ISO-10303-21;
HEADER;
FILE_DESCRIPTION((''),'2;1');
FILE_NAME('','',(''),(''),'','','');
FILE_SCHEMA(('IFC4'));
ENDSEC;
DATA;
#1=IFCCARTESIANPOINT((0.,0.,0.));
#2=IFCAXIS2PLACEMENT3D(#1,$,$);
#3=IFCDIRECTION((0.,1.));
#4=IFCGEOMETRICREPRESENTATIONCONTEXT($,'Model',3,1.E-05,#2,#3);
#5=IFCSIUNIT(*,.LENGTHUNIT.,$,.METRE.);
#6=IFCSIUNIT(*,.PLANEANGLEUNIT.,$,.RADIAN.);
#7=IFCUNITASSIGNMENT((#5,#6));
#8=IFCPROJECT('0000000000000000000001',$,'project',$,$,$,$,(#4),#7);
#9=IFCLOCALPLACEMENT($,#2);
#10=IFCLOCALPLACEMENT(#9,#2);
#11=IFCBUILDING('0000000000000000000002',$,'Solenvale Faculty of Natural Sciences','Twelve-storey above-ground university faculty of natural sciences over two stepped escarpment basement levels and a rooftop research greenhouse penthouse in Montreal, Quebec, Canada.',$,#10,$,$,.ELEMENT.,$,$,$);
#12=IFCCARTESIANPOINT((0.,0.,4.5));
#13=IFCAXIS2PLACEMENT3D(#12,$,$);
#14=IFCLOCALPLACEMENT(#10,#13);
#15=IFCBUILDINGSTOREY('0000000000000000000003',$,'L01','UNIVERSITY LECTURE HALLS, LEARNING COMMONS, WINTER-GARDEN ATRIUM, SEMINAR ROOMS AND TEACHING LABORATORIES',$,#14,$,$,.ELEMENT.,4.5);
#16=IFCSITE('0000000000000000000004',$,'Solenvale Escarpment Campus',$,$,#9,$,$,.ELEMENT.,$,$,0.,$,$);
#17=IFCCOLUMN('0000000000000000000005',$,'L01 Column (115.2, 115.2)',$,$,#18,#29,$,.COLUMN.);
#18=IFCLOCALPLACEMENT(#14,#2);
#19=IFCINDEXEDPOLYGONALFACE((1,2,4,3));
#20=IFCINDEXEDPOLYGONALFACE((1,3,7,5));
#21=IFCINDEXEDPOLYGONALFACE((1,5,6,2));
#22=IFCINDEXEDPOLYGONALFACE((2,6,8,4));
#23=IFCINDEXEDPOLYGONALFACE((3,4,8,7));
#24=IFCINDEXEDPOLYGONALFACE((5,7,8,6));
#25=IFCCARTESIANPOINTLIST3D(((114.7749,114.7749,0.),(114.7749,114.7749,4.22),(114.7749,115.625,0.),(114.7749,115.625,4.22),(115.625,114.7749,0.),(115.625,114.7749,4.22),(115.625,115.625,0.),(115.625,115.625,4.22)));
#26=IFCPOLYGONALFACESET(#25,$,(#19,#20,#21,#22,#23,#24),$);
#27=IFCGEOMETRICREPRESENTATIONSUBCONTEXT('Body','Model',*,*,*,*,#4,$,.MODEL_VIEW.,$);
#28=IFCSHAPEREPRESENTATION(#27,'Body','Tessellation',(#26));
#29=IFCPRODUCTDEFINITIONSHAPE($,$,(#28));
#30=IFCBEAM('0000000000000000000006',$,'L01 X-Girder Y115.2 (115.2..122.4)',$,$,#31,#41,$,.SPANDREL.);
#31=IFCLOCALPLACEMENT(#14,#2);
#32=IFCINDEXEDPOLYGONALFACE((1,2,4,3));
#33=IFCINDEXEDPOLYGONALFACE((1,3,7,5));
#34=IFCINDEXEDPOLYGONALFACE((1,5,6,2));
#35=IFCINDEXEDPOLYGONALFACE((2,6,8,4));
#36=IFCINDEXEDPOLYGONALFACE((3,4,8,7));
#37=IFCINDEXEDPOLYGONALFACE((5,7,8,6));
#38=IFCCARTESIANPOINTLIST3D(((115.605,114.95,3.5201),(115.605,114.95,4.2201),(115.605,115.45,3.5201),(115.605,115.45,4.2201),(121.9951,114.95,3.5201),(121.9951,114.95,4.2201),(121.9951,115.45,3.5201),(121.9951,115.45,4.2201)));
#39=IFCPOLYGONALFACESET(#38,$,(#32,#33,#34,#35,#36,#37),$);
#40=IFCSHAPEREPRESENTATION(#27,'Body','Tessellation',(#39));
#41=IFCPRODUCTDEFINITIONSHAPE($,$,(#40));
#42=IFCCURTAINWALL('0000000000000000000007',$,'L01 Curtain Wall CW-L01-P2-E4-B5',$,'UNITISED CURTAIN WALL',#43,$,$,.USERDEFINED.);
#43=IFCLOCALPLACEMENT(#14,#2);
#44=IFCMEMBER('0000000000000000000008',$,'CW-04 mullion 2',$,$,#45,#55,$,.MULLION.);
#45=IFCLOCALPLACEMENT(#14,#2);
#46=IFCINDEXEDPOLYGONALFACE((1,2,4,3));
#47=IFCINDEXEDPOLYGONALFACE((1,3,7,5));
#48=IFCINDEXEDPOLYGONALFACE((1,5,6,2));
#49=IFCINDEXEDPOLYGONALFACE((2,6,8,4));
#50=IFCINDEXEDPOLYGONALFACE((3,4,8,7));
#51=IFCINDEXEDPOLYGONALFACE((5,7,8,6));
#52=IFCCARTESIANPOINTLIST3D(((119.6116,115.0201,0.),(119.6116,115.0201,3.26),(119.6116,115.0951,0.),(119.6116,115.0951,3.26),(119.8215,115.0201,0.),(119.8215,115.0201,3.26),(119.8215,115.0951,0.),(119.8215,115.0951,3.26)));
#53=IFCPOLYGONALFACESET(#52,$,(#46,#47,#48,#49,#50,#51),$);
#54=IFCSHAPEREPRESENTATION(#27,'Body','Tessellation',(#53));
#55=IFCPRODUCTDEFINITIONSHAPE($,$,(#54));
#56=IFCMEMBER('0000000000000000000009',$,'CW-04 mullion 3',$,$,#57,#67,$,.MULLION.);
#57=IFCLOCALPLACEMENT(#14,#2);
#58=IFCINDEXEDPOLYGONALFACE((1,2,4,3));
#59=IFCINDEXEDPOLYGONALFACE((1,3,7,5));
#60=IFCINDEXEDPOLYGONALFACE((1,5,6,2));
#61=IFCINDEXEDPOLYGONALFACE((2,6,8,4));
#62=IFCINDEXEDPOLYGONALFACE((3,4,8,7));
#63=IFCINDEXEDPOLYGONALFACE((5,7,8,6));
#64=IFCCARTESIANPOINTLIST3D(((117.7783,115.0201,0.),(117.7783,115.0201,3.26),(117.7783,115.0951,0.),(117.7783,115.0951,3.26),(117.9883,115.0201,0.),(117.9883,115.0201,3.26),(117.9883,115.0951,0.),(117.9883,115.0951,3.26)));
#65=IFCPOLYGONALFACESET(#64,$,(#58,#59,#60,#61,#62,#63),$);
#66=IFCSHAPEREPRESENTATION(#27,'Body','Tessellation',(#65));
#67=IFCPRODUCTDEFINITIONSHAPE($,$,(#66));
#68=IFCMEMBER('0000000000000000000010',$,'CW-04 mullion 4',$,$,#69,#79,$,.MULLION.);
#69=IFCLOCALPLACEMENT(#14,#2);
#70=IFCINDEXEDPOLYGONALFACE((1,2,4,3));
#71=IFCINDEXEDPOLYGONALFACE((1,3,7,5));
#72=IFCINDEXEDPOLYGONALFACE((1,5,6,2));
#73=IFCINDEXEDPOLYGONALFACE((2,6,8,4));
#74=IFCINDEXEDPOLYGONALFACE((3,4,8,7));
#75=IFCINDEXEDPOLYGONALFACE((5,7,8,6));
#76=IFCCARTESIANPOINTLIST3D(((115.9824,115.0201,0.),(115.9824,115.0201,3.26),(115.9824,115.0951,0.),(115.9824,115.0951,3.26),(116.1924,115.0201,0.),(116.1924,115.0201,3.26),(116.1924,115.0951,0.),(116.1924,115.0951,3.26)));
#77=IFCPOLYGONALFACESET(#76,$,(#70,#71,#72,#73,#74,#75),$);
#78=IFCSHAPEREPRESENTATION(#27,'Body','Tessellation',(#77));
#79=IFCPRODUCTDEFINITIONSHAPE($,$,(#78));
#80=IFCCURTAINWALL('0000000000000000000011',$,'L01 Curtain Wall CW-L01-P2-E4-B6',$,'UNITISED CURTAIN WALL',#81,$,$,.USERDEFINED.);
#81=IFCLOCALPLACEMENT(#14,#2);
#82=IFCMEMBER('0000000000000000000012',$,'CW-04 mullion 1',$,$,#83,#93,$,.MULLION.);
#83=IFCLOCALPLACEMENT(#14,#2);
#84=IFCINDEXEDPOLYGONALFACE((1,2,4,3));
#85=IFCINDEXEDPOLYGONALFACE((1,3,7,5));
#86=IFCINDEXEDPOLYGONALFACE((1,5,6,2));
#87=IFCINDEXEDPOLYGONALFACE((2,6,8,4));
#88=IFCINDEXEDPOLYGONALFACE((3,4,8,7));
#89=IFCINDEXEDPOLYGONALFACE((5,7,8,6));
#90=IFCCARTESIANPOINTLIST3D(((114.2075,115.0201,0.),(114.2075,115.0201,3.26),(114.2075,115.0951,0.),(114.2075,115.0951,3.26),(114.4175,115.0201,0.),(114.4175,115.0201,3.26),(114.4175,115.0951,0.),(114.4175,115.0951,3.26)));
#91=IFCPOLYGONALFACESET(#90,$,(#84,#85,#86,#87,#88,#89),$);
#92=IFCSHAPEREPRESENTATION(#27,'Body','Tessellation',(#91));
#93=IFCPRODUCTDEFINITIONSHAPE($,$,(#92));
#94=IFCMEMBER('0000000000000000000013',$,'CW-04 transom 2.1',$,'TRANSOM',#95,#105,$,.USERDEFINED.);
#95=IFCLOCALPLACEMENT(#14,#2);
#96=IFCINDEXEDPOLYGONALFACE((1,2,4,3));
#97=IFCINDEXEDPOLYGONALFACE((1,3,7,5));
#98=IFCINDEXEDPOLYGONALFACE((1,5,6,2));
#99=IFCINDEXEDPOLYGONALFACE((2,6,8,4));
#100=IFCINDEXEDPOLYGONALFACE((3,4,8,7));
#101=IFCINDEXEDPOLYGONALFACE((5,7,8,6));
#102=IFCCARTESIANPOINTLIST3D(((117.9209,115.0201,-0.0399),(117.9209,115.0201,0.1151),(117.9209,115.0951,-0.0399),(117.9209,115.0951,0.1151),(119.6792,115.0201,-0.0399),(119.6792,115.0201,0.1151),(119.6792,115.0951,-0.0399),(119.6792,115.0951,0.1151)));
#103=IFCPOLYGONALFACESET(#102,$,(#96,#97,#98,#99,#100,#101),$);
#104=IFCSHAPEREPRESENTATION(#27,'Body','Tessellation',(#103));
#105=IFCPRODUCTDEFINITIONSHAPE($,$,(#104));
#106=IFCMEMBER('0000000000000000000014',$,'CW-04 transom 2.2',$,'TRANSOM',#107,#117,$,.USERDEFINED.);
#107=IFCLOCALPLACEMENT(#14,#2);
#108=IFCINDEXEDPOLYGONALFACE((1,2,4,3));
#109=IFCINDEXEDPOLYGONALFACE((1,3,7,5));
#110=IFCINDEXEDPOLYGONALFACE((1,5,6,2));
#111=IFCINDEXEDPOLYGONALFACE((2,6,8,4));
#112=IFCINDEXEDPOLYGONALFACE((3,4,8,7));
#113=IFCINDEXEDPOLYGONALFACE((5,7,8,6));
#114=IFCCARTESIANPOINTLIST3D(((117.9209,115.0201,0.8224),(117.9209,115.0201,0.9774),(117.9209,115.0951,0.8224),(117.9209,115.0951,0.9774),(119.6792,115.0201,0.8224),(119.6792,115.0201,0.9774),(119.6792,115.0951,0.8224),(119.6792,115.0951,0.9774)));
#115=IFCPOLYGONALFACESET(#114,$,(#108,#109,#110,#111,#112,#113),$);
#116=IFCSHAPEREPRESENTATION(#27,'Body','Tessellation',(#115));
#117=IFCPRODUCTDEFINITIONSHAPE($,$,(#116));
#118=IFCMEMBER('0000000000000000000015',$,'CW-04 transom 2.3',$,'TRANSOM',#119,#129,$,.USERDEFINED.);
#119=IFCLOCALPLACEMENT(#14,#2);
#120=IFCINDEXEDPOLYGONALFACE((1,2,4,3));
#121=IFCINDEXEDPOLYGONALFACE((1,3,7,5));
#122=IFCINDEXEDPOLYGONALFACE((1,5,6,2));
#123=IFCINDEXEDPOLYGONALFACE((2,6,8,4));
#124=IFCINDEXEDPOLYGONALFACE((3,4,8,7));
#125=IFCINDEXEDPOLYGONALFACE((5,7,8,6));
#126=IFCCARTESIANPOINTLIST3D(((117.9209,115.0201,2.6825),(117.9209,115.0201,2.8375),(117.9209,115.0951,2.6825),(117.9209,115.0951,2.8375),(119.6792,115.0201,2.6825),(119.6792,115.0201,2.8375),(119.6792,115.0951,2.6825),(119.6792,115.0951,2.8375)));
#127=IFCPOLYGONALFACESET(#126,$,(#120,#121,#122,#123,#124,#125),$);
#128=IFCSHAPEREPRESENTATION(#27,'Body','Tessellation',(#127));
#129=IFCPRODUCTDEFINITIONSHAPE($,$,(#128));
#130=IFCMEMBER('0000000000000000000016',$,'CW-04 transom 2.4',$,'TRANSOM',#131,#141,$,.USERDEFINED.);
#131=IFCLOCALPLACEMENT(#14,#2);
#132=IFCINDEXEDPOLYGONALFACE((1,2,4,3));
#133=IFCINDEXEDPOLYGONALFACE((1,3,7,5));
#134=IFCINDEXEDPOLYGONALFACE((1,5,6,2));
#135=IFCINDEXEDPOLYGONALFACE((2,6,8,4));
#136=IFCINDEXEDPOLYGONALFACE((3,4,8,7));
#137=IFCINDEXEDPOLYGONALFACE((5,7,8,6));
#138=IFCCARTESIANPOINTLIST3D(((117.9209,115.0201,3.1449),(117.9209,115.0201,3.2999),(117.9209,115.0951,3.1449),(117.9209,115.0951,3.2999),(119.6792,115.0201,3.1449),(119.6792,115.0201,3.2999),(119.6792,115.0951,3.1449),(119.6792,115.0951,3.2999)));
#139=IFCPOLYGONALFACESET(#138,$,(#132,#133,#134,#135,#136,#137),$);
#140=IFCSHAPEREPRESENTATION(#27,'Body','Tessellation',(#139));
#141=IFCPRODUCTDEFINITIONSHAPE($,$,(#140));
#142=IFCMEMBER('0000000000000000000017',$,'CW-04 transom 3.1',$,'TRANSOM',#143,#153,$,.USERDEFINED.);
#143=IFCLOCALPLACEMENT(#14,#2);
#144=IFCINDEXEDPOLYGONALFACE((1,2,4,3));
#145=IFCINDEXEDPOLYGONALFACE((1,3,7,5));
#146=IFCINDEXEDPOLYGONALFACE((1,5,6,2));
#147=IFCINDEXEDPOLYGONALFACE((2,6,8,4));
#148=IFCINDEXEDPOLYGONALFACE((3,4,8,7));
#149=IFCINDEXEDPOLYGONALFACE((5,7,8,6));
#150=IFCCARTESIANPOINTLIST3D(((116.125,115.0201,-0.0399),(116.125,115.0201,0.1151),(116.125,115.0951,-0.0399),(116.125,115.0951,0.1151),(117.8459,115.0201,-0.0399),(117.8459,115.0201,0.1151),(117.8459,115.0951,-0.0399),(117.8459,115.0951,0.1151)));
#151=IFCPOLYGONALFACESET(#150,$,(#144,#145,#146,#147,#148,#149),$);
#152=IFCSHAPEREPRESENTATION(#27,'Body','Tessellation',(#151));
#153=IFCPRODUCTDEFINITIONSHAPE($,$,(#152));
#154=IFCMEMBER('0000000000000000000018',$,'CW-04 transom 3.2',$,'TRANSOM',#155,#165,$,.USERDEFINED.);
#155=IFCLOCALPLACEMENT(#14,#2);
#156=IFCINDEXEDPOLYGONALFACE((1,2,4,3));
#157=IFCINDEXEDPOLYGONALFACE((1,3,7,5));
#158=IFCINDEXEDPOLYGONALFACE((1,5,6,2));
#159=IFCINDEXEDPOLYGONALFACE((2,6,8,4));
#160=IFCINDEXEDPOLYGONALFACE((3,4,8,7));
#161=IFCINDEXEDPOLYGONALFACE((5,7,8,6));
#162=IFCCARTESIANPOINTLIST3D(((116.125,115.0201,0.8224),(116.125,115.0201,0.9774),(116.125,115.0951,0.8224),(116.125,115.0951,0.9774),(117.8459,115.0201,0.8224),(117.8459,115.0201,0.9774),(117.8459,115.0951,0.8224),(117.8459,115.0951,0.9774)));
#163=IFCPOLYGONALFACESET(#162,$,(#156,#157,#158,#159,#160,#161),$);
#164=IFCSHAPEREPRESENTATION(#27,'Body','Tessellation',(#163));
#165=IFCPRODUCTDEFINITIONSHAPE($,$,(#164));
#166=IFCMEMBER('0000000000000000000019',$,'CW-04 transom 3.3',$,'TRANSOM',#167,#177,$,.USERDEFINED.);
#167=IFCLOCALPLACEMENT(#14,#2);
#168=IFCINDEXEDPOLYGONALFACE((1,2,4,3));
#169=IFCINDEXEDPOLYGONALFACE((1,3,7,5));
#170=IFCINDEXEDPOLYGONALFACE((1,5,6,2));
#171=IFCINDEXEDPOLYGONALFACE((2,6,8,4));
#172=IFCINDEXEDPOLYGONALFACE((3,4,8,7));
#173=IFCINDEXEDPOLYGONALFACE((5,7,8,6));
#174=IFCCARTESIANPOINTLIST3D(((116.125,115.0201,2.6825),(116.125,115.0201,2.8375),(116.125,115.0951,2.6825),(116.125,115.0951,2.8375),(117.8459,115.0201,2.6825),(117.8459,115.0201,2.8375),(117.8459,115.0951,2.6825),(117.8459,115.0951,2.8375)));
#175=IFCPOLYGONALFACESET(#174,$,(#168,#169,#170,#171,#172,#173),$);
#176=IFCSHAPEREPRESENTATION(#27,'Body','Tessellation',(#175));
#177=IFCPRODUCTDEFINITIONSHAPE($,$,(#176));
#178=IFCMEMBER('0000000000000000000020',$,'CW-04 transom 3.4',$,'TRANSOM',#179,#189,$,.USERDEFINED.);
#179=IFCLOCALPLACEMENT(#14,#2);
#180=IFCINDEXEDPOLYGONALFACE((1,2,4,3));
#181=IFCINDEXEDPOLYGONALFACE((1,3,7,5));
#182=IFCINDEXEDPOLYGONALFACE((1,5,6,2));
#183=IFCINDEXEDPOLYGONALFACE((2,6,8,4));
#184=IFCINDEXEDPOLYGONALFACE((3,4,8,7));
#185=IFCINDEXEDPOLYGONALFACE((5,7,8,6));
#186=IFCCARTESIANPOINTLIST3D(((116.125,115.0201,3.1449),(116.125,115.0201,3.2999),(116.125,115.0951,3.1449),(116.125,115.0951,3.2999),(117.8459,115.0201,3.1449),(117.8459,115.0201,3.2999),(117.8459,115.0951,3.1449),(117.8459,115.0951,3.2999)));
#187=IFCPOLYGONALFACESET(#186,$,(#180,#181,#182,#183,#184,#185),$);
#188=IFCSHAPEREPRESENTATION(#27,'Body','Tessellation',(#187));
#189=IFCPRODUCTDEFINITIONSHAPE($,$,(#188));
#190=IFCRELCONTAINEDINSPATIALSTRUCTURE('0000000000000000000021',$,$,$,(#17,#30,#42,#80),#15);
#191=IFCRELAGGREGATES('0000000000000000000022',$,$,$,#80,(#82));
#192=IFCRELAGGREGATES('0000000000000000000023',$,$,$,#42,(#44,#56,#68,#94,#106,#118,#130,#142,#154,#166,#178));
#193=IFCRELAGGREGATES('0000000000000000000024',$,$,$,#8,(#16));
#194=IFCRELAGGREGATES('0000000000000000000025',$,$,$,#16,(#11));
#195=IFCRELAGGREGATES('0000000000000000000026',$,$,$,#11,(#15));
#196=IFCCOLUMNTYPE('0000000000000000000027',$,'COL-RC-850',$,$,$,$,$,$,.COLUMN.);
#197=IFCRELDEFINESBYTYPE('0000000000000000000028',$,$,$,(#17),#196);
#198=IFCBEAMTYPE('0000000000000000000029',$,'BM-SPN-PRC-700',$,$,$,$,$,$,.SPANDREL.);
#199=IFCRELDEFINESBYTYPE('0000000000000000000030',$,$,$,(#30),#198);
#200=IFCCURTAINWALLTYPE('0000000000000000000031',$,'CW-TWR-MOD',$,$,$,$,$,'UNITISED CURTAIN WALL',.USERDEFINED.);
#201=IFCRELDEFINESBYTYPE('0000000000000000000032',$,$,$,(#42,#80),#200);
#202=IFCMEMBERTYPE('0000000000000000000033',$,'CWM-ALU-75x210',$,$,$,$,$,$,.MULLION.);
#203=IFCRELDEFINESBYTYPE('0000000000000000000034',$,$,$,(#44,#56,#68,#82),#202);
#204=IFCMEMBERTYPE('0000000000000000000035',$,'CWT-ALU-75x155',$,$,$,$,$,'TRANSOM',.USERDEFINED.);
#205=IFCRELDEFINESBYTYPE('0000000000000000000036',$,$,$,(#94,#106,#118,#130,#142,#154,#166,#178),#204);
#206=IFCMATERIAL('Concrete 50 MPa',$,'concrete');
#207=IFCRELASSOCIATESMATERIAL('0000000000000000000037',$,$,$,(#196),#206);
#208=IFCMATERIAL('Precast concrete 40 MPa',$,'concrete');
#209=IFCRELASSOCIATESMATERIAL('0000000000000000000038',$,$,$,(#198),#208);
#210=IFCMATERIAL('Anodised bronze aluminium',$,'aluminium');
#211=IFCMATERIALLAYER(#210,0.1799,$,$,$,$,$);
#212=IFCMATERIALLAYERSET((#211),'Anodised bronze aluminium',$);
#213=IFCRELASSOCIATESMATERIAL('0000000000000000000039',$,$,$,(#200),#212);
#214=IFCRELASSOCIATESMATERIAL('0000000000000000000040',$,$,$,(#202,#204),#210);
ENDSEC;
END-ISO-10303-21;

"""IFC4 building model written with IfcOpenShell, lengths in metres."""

from ifc_helpers import new_model, si_unit, direction, frame, origin, origin_2d, place, context, subcontext, project, spatial, rectangle, extrude, material, layer, layer_set, material_profile, profile_set, type_object, element, aggregate, save


model = new_model("IFC4")

# Units and contexts
model_context = context("Model", 3, precision=1e-05, world=origin(), true_north=direction((0.0, 1.0)))
body_context = subcontext(model_context, "Body", "Model", "MODEL_VIEW")
ifc_project = project(units=[si_unit("LENGTHUNIT", "METRE"), si_unit("PLANEANGLEUNIT", "RADIAN")], contexts=[model_context])

# Site, building, storey
site_placement = place(None, origin())
site = spatial("IfcSite", under=ifc_project, at=site_placement, Name="Solenvale Escarpment Campus", CompositionType="ELEMENT", RefElevation=0.0)
building_placement = place(site_placement, origin())
building = spatial("IfcBuilding", under=site, at=building_placement, Name="Solenvale Faculty of Natural Sciences", Description="Twelve-storey above-ground university faculty of natural sciences over two stepped escarpment basement levels and a rooftop research greenhouse penthouse in Montreal, Quebec, Canada.", CompositionType="ELEMENT")
storey_placement = place(building_placement, frame((0.0, 0.0, 4.5)))
storey = spatial("IfcBuildingStorey", under=building, at=storey_placement, Name="L01", Description="UNIVERSITY LECTURE HALLS, LEARNING COMMONS, WINTER-GARDEN ATRIUM, SEMINAR ROOMS AND TEACHING LABORATORIES", CompositionType="ELEMENT", Elevation=4.5)

# Column
ifc_material_1 = material(Name="Concrete 50 MPa", Category="concrete")
ifc_material_profile_1 = material_profile(ifc_material_1, rectangle(XDim=0.8501, YDim=0.8501, at=origin_2d()), Name="RC-COL-850x850")
ifc_profile_set_1 = profile_set([ifc_material_profile_1], Name="Concrete 50 MPa")
column_type = type_object("IfcColumnType", Name="COL-RC-850", PredefinedType="COLUMN", material=ifc_profile_set_1)
column_placement = place(storey_placement, frame((115.2, 115.2, 0.0), z_axis=(0.0, 0.0, 1.0), x_axis=(1.0, 0.0, 0.0)))
element("IfcColumn", 1, at=column_placement, inside=storey, type_object=column_type, Name="L01 Column (115.2, 115.2)", PredefinedType="COLUMN", context=body_context, shape_type="SweptSolid", body=[
    extrude(rectangle(XDim=0.8501, YDim=0.8501, at=origin_2d()), origin(), (0.0, 0.0, 1.0), 4.22),
])

# Beam
ifc_material_2 = material(Name="Precast concrete 40 MPa", Category="concrete")
ifc_material_profile_2 = material_profile(ifc_material_2, rectangle(XDim=0.5, YDim=0.7, at=origin_2d()), Name="RC-BM-500x700")
ifc_profile_set_2 = profile_set([ifc_material_profile_2], Name="Precast concrete 40 MPa")
beam_type = type_object("IfcBeamType", Name="BM-SPN-PRC-700", PredefinedType="SPANDREL", material=ifc_profile_set_2)
beam_placement = place(storey_placement, frame((115.605, 115.2, 3.8701), z_axis=(1.0, 0.0, 0.0), x_axis=(0.0, 1.0, 0.0)))
element("IfcBeam", 2, at=beam_placement, inside=storey, type_object=beam_type, Name="L01 X-Girder Y115.2 (115.2..122.4)", PredefinedType="SPANDREL", context=body_context, shape_type="SweptSolid", body=[
    extrude(rectangle(XDim=0.5, YDim=0.7, at=origin_2d()), origin(), (0.0, 0.0, 1.0), 6.3901),
])

# Curtain wall, members
ifc_material_3 = material(Name="Anodised bronze aluminium", Category="aluminium")
ifc_layer_1 = layer(ifc_material_3, 0.1799)
ifc_layer_set_1 = layer_set([ifc_layer_1], Name="Anodised bronze aluminium")
curtain_wall_type = type_object("IfcCurtainWallType", Name="CW-TWR-MOD", ElementType="UNITISED CURTAIN WALL", PredefinedType="USERDEFINED", material=ifc_layer_set_1)
curtain_wall_1_placement = place(storey_placement, origin())
curtain_wall_1 = element("IfcCurtainWall", 3, at=curtain_wall_1_placement, inside=storey, type_object=curtain_wall_type, Name="L01 Curtain Wall CW-L01-P2-E4-B5", ObjectType="UNITISED CURTAIN WALL", PredefinedType="USERDEFINED")
ifc_material_profile_3 = material_profile(ifc_material_3, rectangle(XDim=0.075, YDim=0.21, at=origin_2d()), Name="ALU-MUL-75x210")
ifc_profile_set_3 = profile_set([ifc_material_profile_3], Name="Anodised bronze aluminium")
member_type_1 = type_object("IfcMemberType", Name="CWM-ALU-75x210", PredefinedType="MULLION", material=ifc_profile_set_3)
member_1_placement = place(storey_placement, frame((119.7166, 115.0576, 0.0), z_axis=(0.0, 0.0, 1.0), x_axis=(0.0, -1.0, 0.0)))
member_1 = element("IfcMember", 4, at=member_1_placement, type_object=member_type_1, Name="CW-04 mullion 2", PredefinedType="MULLION", context=body_context, shape_type="SweptSolid", body=[
    extrude(rectangle(XDim=0.075, YDim=0.21, at=origin_2d()), origin(), (0.0, 0.0, 1.0), 3.26),
])
member_2_placement = place(storey_placement, frame((117.8833, 115.0576, 0.0), z_axis=(0.0, 0.0, 1.0), x_axis=(0.0, -1.0, 0.0)))
member_2 = element("IfcMember", 5, at=member_2_placement, type_object=member_type_1, Name="CW-04 mullion 3", PredefinedType="MULLION", context=body_context, shape_type="SweptSolid", body=[
    extrude(rectangle(XDim=0.075, YDim=0.21, at=origin_2d()), origin(), (0.0, 0.0, 1.0), 3.26),
])
member_3_placement = place(storey_placement, frame((116.0874, 115.0576, 0.0), z_axis=(0.0, 0.0, 1.0), x_axis=(0.0, -1.0, 0.0)))
member_3 = element("IfcMember", 6, at=member_3_placement, type_object=member_type_1, Name="CW-04 mullion 4", PredefinedType="MULLION", context=body_context, shape_type="SweptSolid", body=[
    extrude(rectangle(XDim=0.075, YDim=0.21, at=origin_2d()), origin(), (0.0, 0.0, 1.0), 3.26),
])

# Curtain wall, member
curtain_wall_2_placement = place(storey_placement, origin())
curtain_wall_2 = element("IfcCurtainWall", 7, at=curtain_wall_2_placement, inside=storey, type_object=curtain_wall_type, Name="L01 Curtain Wall CW-L01-P2-E4-B6", ObjectType="UNITISED CURTAIN WALL", PredefinedType="USERDEFINED")
member_4_placement = place(storey_placement, frame((114.3125, 115.0576, 0.0), z_axis=(0.0, 0.0, 1.0), x_axis=(0.0, -1.0, 0.0)))
member_4 = element("IfcMember", 8, at=member_4_placement, type_object=member_type_1, Name="CW-04 mullion 1", PredefinedType="MULLION", context=body_context, shape_type="SweptSolid", body=[
    extrude(rectangle(XDim=0.075, YDim=0.21, at=origin_2d()), origin(), (0.0, 0.0, 1.0), 3.26),
])

# Members
ifc_material_profile_4 = material_profile(ifc_material_3, rectangle(XDim=0.075, YDim=0.155, at=origin_2d()), Name="ALU-TRN-75x155")
ifc_profile_set_4 = profile_set([ifc_material_profile_4], Name="Anodised bronze aluminium")
member_type_2 = type_object("IfcMemberType", Name="CWT-ALU-75x155", ElementType="TRANSOM", PredefinedType="USERDEFINED", material=ifc_profile_set_4)
member_5_placement = place(storey_placement, frame((119.6792, 115.0576, 0.0376), z_axis=(-1.0, 0.0, 0.0), x_axis=(0.0, -1.0, 0.0)))
member_5 = element("IfcMember", 9, at=member_5_placement, type_object=member_type_2, Name="CW-04 transom 2.1", ObjectType="TRANSOM", PredefinedType="USERDEFINED", context=body_context, shape_type="SweptSolid", body=[
    extrude(rectangle(XDim=0.075, YDim=0.155, at=origin_2d()), origin(), (0.0, 0.0, 1.0), 1.7583),
])
member_6_placement = place(storey_placement, frame((119.6792, 115.0576, 0.8999), z_axis=(-1.0, 0.0, 0.0), x_axis=(0.0, -1.0, 0.0)))
member_6 = element("IfcMember", 10, at=member_6_placement, type_object=member_type_2, Name="CW-04 transom 2.2", ObjectType="TRANSOM", PredefinedType="USERDEFINED", context=body_context, shape_type="SweptSolid", body=[
    extrude(rectangle(XDim=0.075, YDim=0.155, at=origin_2d()), origin(), (0.0, 0.0, 1.0), 1.7583),
])
member_7_placement = place(storey_placement, frame((119.6792, 115.0576, 2.76), z_axis=(-1.0, 0.0, 0.0), x_axis=(0.0, -1.0, 0.0)))
member_7 = element("IfcMember", 11, at=member_7_placement, type_object=member_type_2, Name="CW-04 transom 2.3", ObjectType="TRANSOM", PredefinedType="USERDEFINED", context=body_context, shape_type="SweptSolid", body=[
    extrude(rectangle(XDim=0.075, YDim=0.155, at=origin_2d()), origin(), (0.0, 0.0, 1.0), 1.7583),
])
member_8_placement = place(storey_placement, frame((119.6792, 115.0576, 3.2224), z_axis=(-1.0, 0.0, 0.0), x_axis=(0.0, -1.0, 0.0)))
member_8 = element("IfcMember", 12, at=member_8_placement, type_object=member_type_2, Name="CW-04 transom 2.4", ObjectType="TRANSOM", PredefinedType="USERDEFINED", context=body_context, shape_type="SweptSolid", body=[
    extrude(rectangle(XDim=0.075, YDim=0.155, at=origin_2d()), origin(), (0.0, 0.0, 1.0), 1.7583),
])
member_9_placement = place(storey_placement, frame((117.8459, 115.0576, 0.0376), z_axis=(-1.0, 0.0, 0.0), x_axis=(0.0, -1.0, 0.0)))
member_9 = element("IfcMember", 13, at=member_9_placement, type_object=member_type_2, Name="CW-04 transom 3.1", ObjectType="TRANSOM", PredefinedType="USERDEFINED", context=body_context, shape_type="SweptSolid", body=[
    extrude(rectangle(XDim=0.075, YDim=0.155, at=origin_2d()), origin(), (0.0, 0.0, 1.0), 1.7209),
])
member_10_placement = place(storey_placement, frame((117.8459, 115.0576, 0.8999), z_axis=(-1.0, 0.0, 0.0), x_axis=(0.0, -1.0, 0.0)))
member_10 = element("IfcMember", 14, at=member_10_placement, type_object=member_type_2, Name="CW-04 transom 3.2", ObjectType="TRANSOM", PredefinedType="USERDEFINED", context=body_context, shape_type="SweptSolid", body=[
    extrude(rectangle(XDim=0.075, YDim=0.155, at=origin_2d()), origin(), (0.0, 0.0, 1.0), 1.7209),
])
member_11_placement = place(storey_placement, frame((117.8459, 115.0576, 2.76), z_axis=(-1.0, 0.0, 0.0), x_axis=(0.0, -1.0, 0.0)))
member_11 = element("IfcMember", 15, at=member_11_placement, type_object=member_type_2, Name="CW-04 transom 3.3", ObjectType="TRANSOM", PredefinedType="USERDEFINED", context=body_context, shape_type="SweptSolid", body=[
    extrude(rectangle(XDim=0.075, YDim=0.155, at=origin_2d()), origin(), (0.0, 0.0, 1.0), 1.7209),
])
member_12_placement = place(storey_placement, frame((117.8459, 115.0576, 3.2224), z_axis=(-1.0, 0.0, 0.0), x_axis=(0.0, -1.0, 0.0)))
member_12 = element("IfcMember", 16, at=member_12_placement, type_object=member_type_2, Name="CW-04 transom 3.4", ObjectType="TRANSOM", PredefinedType="USERDEFINED", context=body_context, shape_type="SweptSolid", body=[
    extrude(rectangle(XDim=0.075, YDim=0.155, at=origin_2d()), origin(), (0.0, 0.0, 1.0), 1.7209),
])
aggregate(curtain_wall_2, [member_4])

aggregate(curtain_wall_1, [member_1, member_2, member_3, member_5, member_6, member_7, member_8, member_9, member_10, member_11, member_12])

save(model, "model.ifc")
